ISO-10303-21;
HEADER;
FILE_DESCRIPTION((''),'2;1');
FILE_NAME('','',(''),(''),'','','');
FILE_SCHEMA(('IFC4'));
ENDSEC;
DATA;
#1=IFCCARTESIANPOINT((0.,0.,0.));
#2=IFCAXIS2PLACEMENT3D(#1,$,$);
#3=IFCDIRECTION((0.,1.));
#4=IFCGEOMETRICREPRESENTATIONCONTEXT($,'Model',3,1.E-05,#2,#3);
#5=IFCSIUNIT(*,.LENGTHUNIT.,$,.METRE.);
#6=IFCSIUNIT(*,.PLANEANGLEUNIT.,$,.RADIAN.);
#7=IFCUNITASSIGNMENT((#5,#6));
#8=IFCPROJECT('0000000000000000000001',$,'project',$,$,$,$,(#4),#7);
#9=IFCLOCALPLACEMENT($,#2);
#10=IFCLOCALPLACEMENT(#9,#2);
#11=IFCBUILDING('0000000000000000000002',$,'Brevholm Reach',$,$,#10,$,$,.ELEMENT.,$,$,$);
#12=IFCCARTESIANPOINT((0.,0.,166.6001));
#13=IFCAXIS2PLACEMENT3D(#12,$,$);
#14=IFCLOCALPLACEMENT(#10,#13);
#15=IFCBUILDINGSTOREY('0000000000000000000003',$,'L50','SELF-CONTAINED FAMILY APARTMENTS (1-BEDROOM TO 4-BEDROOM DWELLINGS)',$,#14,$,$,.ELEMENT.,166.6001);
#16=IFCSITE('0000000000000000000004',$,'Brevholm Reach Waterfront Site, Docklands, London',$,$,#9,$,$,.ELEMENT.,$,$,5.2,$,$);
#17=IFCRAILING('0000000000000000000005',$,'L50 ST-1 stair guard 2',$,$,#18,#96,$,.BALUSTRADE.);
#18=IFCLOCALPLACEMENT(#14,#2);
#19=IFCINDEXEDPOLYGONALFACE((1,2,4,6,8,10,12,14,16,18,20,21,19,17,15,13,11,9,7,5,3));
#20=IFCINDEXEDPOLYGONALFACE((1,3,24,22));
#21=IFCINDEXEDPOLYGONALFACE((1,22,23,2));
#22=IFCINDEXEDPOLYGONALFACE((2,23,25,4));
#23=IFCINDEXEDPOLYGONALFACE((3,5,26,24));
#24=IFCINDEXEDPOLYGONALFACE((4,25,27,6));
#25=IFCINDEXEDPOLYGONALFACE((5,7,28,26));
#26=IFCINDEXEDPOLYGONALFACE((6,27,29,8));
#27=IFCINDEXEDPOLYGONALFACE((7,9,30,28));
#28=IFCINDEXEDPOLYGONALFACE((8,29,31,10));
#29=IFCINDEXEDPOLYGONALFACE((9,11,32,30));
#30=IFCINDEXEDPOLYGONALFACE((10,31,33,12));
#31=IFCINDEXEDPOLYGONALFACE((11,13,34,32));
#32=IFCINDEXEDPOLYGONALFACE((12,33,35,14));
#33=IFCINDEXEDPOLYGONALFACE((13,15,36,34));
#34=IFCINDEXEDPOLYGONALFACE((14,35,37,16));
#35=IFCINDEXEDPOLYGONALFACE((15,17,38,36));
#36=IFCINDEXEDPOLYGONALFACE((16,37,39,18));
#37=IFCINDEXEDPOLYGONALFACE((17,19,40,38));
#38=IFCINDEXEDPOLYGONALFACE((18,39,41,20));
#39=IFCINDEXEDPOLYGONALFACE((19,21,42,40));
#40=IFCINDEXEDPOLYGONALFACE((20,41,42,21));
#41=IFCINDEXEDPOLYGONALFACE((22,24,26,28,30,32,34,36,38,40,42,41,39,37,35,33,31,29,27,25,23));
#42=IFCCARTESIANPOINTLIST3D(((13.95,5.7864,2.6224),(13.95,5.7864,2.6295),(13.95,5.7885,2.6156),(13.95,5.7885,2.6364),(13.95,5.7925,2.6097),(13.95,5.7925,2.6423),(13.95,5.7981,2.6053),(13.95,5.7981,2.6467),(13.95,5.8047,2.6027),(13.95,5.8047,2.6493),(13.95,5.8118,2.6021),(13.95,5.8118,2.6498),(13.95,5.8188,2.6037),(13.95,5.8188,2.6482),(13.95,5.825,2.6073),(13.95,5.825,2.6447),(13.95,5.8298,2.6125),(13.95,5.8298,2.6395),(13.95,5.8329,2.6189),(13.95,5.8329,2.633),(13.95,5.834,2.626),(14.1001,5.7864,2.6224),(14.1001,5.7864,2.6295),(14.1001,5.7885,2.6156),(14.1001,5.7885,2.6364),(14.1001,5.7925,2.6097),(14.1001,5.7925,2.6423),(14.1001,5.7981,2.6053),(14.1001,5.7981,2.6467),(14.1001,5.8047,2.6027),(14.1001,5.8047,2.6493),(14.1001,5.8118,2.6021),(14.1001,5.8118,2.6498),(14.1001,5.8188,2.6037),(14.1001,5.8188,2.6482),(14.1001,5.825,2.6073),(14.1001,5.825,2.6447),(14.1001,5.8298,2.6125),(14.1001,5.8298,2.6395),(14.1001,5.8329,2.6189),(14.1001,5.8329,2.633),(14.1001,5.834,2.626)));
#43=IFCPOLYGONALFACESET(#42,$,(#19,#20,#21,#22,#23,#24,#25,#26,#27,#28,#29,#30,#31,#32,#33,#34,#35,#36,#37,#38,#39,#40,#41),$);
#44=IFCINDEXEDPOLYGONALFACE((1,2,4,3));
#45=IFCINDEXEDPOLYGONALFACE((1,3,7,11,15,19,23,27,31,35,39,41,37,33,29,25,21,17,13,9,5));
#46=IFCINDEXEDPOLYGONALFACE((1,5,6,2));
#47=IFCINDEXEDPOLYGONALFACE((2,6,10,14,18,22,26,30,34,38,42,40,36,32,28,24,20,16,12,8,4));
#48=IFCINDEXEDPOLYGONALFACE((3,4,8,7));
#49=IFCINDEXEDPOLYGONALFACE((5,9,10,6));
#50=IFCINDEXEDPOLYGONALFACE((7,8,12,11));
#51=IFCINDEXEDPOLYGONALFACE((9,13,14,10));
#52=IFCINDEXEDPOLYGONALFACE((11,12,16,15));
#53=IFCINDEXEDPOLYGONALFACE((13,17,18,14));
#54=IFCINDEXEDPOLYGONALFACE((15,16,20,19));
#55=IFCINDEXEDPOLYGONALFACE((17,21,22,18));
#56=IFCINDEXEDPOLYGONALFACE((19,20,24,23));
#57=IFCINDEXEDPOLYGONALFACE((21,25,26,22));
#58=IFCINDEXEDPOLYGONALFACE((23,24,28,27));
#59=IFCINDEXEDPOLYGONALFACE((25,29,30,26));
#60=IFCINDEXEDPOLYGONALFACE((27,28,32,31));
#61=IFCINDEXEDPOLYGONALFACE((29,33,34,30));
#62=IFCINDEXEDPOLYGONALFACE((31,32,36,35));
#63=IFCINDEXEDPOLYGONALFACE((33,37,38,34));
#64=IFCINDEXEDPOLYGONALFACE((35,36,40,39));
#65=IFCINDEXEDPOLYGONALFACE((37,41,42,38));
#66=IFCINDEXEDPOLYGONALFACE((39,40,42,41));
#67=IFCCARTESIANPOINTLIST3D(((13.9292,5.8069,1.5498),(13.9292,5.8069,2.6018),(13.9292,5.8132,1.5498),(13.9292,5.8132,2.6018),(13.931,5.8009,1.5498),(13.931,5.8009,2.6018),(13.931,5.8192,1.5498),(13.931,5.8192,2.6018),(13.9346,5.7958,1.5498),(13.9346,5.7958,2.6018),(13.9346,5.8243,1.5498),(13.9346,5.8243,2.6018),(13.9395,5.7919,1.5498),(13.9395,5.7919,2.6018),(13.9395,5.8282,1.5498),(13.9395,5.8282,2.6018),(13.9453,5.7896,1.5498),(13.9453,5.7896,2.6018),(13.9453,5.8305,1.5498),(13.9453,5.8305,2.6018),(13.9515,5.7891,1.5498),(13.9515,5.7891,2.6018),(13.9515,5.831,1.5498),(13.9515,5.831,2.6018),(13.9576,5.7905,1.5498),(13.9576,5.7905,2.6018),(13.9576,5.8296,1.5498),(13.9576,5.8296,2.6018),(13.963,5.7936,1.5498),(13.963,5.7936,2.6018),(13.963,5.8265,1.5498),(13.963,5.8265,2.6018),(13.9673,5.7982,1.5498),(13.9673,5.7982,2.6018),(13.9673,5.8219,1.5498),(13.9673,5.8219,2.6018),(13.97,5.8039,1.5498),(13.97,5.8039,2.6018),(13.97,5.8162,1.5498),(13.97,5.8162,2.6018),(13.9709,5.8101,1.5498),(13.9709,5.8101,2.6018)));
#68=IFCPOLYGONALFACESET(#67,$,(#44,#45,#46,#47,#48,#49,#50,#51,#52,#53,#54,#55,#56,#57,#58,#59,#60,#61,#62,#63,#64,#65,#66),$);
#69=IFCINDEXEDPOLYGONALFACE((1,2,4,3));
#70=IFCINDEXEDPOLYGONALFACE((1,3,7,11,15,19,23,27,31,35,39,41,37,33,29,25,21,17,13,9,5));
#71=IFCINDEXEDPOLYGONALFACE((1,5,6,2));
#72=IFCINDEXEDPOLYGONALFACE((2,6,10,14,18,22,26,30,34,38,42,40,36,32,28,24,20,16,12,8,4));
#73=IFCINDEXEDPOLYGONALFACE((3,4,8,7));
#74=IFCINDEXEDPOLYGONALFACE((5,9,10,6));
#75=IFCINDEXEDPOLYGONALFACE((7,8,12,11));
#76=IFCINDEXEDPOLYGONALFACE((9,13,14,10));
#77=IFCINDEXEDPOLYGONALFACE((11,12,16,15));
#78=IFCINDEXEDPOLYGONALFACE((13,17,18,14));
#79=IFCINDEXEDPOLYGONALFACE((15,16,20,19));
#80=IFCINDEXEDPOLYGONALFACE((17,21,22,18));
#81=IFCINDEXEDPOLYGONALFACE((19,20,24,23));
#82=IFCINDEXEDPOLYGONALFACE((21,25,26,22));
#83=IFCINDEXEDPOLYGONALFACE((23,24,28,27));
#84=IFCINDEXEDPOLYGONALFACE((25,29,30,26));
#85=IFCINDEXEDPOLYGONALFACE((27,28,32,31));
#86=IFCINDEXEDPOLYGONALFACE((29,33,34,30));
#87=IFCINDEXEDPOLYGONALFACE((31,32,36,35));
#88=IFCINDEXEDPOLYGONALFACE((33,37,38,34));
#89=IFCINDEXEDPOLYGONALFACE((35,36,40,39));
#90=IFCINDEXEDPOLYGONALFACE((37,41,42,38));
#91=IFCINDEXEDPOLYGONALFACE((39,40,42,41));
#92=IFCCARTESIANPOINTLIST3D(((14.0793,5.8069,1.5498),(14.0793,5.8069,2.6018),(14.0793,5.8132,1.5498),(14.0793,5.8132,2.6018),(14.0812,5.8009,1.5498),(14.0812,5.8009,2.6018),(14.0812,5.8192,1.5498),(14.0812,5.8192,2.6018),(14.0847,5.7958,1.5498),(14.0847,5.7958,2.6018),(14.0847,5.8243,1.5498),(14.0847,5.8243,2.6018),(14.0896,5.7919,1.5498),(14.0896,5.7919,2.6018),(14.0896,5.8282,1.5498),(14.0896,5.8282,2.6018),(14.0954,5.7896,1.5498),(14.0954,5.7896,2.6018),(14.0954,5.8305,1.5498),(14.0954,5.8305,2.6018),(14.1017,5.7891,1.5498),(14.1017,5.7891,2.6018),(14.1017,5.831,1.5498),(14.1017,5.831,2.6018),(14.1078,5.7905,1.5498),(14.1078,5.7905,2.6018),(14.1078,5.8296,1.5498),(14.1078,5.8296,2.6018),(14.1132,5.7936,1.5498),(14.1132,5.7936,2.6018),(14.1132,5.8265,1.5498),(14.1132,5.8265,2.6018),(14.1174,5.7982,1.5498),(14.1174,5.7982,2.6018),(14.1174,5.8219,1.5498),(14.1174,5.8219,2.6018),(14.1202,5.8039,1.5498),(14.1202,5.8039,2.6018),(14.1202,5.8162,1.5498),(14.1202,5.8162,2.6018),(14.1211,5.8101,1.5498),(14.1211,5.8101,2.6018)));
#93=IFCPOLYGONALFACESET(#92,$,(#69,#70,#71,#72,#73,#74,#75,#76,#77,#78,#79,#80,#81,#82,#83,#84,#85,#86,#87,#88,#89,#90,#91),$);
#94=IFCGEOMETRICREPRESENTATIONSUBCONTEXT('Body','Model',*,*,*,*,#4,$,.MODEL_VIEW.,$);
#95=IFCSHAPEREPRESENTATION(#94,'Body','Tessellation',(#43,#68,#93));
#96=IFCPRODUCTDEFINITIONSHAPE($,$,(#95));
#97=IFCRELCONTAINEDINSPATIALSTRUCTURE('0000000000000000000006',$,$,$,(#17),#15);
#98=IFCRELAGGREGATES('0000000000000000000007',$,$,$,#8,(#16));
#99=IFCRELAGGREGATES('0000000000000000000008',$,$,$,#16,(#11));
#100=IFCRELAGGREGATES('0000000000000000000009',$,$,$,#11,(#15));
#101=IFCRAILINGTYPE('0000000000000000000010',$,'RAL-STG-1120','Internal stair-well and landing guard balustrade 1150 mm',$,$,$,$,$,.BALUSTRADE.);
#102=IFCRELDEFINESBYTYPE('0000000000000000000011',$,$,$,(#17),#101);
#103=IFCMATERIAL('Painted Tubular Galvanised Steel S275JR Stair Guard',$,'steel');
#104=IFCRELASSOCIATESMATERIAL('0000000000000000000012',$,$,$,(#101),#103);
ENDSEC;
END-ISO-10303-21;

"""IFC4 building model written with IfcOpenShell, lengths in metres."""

from ifc_helpers import new_model, si_unit, direction, frame, origin, origin_2d, place, context, subcontext, project, spatial, circle, extrude, material, type_object, element, save


model = new_model("IFC4")

# Units and contexts
model_context = context("Model", 3, precision=1e-05, world=origin(), true_north=direction((0.0, 1.0)))
body_context = subcontext(model_context, "Body", "Model", "MODEL_VIEW")
ifc_project = project(units=[si_unit("LENGTHUNIT", "METRE"), si_unit("PLANEANGLEUNIT", "RADIAN")], contexts=[model_context])

# Site, building, storey
site_placement = place(None, origin())
site = spatial("IfcSite", under=ifc_project, at=site_placement, Name="Brevholm Reach Waterfront Site, Docklands, London", CompositionType="ELEMENT", RefElevation=5.2)
building_placement = place(site_placement, origin())
building = spatial("IfcBuilding", under=site, at=building_placement, Name="Brevholm Reach", CompositionType="ELEMENT")
storey_placement = place(building_placement, frame((0.0, 0.0, 166.6001)))
storey = spatial("IfcBuildingStorey", under=building, at=storey_placement, Name="L50", Description="SELF-CONTAINED FAMILY APARTMENTS (1-BEDROOM TO 4-BEDROOM DWELLINGS)", CompositionType="ELEMENT", Elevation=166.6001)

# Railing
ifc_material_1 = material(Name="Painted Tubular Galvanised Steel S275JR Stair Guard", Category="steel")
railing_type_1 = type_object("IfcRailingType", Name="RAL-STG-1120", Description="Internal stair-well and landing guard balustrade 1150 mm", PredefinedType="BALUSTRADE", material=ifc_material_1)
railing_1_placement = place(storey_placement, frame((13.95, 5.8101, 1.5498)))
element("IfcRailing", 1, at=railing_1_placement, inside=storey, type_object=railing_type_1, Name="L50 ST-1 stair guard 2", PredefinedType="BALUSTRADE", context=body_context, shape_type="SweptSolid", body=[
    extrude(circle(Radius=0.0239, at=origin_2d()), frame((0.0, 0.0, 1.0762), z_axis=(1.0, 0.0, 0.0), x_axis=(0.0, 1.0, 0.0)), (0.0, 0.0, 1.0), 0.1501),
    extrude(circle(Radius=0.021, at=origin_2d()), origin(), (0.0, 0.0, 1.0), 1.052),
    extrude(circle(Radius=0.021, at=origin_2d()), frame((0.1501, 0.0, 0.0)), (0.0, 0.0, 1.0), 1.052),
])

save(model, "model.ifc")
